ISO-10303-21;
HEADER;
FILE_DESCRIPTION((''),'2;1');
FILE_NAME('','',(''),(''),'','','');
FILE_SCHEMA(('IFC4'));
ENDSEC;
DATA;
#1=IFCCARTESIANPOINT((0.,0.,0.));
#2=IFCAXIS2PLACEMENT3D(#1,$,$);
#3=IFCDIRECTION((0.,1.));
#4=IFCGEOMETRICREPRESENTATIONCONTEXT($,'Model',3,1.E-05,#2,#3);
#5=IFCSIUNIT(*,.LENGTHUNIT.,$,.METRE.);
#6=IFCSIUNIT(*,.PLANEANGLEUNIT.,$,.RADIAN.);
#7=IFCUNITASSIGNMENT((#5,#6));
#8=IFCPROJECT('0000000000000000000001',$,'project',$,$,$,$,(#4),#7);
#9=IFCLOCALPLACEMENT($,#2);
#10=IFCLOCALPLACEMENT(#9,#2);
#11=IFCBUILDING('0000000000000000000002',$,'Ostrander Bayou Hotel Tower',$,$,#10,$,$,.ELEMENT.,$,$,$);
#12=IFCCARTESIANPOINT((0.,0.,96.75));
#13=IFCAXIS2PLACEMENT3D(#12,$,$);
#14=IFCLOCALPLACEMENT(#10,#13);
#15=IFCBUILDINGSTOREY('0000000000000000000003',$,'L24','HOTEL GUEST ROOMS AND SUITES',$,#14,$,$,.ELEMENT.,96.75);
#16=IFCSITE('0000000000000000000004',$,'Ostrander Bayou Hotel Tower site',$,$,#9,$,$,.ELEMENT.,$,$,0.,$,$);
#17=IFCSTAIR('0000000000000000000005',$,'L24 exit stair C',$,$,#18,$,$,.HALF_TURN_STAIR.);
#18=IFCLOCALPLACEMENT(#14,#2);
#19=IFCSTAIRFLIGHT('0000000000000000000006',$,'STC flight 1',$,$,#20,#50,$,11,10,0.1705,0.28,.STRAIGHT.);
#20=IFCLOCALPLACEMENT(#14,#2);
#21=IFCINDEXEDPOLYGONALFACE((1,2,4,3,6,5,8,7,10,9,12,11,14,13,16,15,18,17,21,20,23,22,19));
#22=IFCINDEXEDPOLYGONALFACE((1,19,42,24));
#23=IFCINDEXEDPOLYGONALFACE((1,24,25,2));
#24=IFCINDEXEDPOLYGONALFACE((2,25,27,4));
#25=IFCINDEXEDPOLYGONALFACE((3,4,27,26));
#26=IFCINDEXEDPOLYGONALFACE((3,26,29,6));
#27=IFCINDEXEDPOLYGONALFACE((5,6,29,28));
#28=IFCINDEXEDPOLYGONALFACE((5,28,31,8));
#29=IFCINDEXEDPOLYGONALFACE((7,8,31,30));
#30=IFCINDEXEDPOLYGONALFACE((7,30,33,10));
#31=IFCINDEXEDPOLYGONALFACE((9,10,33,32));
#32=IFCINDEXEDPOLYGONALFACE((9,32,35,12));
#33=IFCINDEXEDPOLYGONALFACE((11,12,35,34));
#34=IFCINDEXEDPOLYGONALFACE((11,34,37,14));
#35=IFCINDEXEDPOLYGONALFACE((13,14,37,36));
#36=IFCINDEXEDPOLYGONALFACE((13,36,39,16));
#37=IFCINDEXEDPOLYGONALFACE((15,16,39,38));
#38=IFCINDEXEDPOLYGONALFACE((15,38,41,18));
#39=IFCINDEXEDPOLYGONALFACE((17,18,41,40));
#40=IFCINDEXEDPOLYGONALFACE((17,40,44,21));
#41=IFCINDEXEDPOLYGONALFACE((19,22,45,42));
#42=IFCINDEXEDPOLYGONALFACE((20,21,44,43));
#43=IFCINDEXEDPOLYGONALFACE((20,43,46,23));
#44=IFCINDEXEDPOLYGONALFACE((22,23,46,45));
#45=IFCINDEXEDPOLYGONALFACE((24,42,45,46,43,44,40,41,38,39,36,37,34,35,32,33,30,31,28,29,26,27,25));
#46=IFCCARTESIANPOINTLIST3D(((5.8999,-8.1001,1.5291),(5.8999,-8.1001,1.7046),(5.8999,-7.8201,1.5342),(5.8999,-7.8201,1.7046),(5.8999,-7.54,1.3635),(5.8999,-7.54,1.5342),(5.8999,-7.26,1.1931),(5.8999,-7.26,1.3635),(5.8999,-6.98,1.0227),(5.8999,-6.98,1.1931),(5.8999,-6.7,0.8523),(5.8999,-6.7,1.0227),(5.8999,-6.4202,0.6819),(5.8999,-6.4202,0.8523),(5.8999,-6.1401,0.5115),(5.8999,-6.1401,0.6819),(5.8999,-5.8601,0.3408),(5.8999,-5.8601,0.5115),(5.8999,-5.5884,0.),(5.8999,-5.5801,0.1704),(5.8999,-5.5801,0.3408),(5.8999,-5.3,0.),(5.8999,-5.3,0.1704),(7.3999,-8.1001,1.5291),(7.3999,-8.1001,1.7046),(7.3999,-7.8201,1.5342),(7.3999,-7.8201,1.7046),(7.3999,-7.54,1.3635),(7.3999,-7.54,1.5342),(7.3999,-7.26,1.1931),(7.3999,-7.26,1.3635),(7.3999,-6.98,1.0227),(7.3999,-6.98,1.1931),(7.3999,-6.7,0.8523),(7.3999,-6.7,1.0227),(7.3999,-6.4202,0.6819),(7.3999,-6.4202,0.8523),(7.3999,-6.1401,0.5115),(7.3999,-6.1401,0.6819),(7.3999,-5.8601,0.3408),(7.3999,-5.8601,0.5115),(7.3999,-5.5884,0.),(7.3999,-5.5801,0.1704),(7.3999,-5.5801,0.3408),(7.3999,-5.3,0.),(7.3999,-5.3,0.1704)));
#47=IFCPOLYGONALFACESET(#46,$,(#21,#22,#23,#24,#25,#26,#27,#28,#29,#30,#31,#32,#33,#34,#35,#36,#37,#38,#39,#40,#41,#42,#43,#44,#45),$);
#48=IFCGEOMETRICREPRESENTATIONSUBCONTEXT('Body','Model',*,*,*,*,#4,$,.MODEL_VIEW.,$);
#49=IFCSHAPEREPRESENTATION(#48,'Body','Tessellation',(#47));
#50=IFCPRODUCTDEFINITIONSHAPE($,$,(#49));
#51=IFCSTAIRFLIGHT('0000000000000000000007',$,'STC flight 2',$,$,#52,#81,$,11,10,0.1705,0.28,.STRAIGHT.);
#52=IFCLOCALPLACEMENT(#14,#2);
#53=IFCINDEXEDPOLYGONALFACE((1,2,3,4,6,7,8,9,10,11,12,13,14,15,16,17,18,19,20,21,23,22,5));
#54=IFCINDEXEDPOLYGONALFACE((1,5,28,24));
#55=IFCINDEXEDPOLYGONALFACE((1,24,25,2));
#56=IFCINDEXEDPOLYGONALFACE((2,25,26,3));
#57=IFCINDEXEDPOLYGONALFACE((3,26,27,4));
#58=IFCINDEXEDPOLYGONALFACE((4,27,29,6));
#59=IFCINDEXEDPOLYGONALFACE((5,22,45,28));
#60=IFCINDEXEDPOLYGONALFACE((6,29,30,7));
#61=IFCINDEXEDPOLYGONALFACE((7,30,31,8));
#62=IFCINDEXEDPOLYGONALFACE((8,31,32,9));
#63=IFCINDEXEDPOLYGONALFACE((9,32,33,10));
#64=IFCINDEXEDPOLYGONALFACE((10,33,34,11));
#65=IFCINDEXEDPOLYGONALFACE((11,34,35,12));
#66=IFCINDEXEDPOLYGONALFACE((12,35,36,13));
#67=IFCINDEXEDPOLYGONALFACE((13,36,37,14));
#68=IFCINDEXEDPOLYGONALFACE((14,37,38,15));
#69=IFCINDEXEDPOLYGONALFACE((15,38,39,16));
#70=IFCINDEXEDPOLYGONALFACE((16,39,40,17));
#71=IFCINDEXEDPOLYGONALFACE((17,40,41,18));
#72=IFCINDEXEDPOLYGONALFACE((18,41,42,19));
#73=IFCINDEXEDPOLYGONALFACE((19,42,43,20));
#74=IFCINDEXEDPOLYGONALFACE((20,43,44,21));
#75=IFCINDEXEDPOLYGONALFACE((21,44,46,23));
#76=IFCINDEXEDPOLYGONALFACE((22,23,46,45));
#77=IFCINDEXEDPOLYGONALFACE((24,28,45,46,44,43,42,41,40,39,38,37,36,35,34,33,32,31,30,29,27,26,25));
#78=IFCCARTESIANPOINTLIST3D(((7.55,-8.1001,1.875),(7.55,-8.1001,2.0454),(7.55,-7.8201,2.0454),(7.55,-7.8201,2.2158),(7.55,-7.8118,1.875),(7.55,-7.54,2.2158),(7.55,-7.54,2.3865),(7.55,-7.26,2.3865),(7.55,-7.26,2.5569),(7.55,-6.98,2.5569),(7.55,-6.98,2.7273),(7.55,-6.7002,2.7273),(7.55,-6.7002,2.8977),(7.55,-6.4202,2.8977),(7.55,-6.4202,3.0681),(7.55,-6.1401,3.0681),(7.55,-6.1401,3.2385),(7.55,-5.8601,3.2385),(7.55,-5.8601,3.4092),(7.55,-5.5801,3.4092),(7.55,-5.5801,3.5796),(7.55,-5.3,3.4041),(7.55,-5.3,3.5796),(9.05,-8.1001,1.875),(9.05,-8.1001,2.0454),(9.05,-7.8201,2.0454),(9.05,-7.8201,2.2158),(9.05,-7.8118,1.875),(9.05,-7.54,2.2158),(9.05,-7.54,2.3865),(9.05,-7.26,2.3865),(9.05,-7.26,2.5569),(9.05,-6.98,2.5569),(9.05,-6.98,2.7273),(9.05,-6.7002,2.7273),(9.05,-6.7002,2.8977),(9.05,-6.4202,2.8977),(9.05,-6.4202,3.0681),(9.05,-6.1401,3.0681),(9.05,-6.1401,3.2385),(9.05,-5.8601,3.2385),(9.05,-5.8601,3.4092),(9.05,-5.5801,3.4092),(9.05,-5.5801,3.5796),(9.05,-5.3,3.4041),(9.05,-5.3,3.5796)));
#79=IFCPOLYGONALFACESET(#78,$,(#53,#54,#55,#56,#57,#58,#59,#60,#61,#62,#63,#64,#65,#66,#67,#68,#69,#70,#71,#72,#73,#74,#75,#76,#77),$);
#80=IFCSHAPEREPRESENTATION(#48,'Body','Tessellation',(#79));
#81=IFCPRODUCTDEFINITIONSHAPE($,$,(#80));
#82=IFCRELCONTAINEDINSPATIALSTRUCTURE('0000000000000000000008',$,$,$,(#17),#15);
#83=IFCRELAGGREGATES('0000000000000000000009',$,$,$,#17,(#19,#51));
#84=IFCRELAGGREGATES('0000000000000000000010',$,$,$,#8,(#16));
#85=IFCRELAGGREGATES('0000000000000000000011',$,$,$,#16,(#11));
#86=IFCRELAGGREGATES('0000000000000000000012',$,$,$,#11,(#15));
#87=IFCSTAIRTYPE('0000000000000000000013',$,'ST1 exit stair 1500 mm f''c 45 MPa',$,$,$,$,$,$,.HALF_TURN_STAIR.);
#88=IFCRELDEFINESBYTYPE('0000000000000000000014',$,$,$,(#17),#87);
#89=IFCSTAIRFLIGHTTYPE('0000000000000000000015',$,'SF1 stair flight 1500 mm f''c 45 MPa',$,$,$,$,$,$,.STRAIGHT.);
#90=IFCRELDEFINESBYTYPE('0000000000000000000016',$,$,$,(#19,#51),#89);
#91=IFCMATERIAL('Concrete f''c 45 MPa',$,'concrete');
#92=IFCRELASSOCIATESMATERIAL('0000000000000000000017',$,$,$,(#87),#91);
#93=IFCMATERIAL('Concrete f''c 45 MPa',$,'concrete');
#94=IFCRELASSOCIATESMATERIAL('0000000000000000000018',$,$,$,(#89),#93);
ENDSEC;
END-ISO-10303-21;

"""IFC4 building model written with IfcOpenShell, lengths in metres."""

from ifc_helpers import new_model, si_unit, direction, frame, origin, place, context, subcontext, project, spatial, polyline, outline, extrude, material, type_object, element, aggregate, save


model = new_model("IFC4")

# Units and contexts
model_context = context("Model", 3, precision=1e-05, world=origin(), true_north=direction((0.0, 1.0)))
body_context = subcontext(model_context, "Body", "Model", "MODEL_VIEW")
ifc_project = project(units=[si_unit("LENGTHUNIT", "METRE"), si_unit("PLANEANGLEUNIT", "RADIAN")], contexts=[model_context])

# Site, building, storey
site_placement = place(None, origin())
site = spatial("IfcSite", under=ifc_project, at=site_placement, Name="Ostrander Bayou Hotel Tower site", CompositionType="ELEMENT", RefElevation=0.0)
building_placement = place(site_placement, origin())
building = spatial("IfcBuilding", under=site, at=building_placement, Name="Ostrander Bayou Hotel Tower", CompositionType="ELEMENT")
storey_placement = place(building_placement, frame((0.0, 0.0, 96.75)))
storey = spatial("IfcBuildingStorey", under=building, at=storey_placement, Name="L24", Description="HOTEL GUEST ROOMS AND SUITES", CompositionType="ELEMENT", Elevation=96.75)

# Stair, stair flights
ifc_material_1 = material(Name="Concrete f'c 45 MPa", Category="concrete")
stair_type = type_object("IfcStairType", Name="ST1 exit stair 1500 mm f'c 45 MPa", PredefinedType="HALF_TURN_STAIR", material=ifc_material_1)
stair_placement = place(storey_placement, origin())
stair = element("IfcStair", 1, at=stair_placement, inside=storey, type_object=stair_type, Name="L24 exit stair C", PredefinedType="HALF_TURN_STAIR")
ifc_material_2 = material(Name="Concrete f'c 45 MPa", Category="concrete")
stair_flight_type = type_object("IfcStairFlightType", Name="SF1 stair flight 1500 mm f'c 45 MPa", PredefinedType="STRAIGHT", material=ifc_material_2)
stair_flight_1_placement = place(storey_placement, frame((6.6499, -5.3, 0.0), z_axis=(0.0, 0.0, 1.0), x_axis=(0.0, -1.0, 0.0)))
stair_flight_1 = element("IfcStairFlight", 2, at=stair_flight_1_placement, type_object=stair_flight_type, Name="STC flight 1", NumberOfRisers=11, NumberOfTreads=10, PredefinedType="STRAIGHT", RiserHeight=0.1705, TreadLength=0.28, context=body_context, shape_type="SweptSolid", body=[
    extrude(outline(polyline([(0.0, 0.0), (0.0, 0.1704), (0.28, 0.1704), (0.28, 0.3408), (0.5601, 0.3408), (0.5601, 0.5115), (0.8401, 0.5115), (0.8401, 0.6819), (1.1201, 0.6819), (1.1201, 0.8523), (1.3999, 0.8523), (1.3999, 1.0227), (1.6799, 1.0227), (1.6799, 1.1931), (1.96, 1.1931), (1.96, 1.3635), (2.24, 1.3635), (2.24, 1.5342), (2.52, 1.5342), (2.52, 1.7046), (2.8, 1.7046), (2.8, 1.875), (2.8, 1.5291), (0.2883, 0.0), (0.0, 0.0)])), frame((0.0, 0.75, 0.0), z_axis=(0.0, -1.0, 0.0), x_axis=(1.0, 0.0, 0.0)), (0.0, 0.0, 1.0), 1.5),
])
stair_flight_2_placement = place(storey_placement, frame((8.3, -8.1001, 1.875), z_axis=(0.0, 0.0, 1.0), x_axis=(0.0, 1.0, 0.0)))
stair_flight_2 = element("IfcStairFlight", 3, at=stair_flight_2_placement, type_object=stair_flight_type, Name="STC flight 2", NumberOfRisers=11, NumberOfTreads=10, PredefinedType="STRAIGHT", RiserHeight=0.1705, TreadLength=0.28, context=body_context, shape_type="SweptSolid", body=[
    extrude(outline(polyline([(0.0, 0.0), (0.0, 0.1704), (0.28, 0.1704), (0.28, 0.3408), (0.5601, 0.3408), (0.5601, 0.5115), (0.8401, 0.5115), (0.8401, 0.6819), (1.1201, 0.6819), (1.1201, 0.8523), (1.3999, 0.8523), (1.3999, 1.0227), (1.6799, 1.0227), (1.6799, 1.1931), (1.96, 1.1931), (1.96, 1.3635), (2.24, 1.3635), (2.24, 1.5342), (2.52, 1.5342), (2.52, 1.7046), (2.8, 1.7046), (2.8, 1.875), (2.8, 1.5291), (0.2883, 0.0), (0.0, 0.0)])), frame((0.0, 0.75, 0.0), z_axis=(0.0, -1.0, 0.0), x_axis=(1.0, 0.0, 0.0)), (0.0, 0.0, 1.0), 1.5),
])
aggregate(stair, [stair_flight_1, stair_flight_2])

save(model, "model.ifc")
